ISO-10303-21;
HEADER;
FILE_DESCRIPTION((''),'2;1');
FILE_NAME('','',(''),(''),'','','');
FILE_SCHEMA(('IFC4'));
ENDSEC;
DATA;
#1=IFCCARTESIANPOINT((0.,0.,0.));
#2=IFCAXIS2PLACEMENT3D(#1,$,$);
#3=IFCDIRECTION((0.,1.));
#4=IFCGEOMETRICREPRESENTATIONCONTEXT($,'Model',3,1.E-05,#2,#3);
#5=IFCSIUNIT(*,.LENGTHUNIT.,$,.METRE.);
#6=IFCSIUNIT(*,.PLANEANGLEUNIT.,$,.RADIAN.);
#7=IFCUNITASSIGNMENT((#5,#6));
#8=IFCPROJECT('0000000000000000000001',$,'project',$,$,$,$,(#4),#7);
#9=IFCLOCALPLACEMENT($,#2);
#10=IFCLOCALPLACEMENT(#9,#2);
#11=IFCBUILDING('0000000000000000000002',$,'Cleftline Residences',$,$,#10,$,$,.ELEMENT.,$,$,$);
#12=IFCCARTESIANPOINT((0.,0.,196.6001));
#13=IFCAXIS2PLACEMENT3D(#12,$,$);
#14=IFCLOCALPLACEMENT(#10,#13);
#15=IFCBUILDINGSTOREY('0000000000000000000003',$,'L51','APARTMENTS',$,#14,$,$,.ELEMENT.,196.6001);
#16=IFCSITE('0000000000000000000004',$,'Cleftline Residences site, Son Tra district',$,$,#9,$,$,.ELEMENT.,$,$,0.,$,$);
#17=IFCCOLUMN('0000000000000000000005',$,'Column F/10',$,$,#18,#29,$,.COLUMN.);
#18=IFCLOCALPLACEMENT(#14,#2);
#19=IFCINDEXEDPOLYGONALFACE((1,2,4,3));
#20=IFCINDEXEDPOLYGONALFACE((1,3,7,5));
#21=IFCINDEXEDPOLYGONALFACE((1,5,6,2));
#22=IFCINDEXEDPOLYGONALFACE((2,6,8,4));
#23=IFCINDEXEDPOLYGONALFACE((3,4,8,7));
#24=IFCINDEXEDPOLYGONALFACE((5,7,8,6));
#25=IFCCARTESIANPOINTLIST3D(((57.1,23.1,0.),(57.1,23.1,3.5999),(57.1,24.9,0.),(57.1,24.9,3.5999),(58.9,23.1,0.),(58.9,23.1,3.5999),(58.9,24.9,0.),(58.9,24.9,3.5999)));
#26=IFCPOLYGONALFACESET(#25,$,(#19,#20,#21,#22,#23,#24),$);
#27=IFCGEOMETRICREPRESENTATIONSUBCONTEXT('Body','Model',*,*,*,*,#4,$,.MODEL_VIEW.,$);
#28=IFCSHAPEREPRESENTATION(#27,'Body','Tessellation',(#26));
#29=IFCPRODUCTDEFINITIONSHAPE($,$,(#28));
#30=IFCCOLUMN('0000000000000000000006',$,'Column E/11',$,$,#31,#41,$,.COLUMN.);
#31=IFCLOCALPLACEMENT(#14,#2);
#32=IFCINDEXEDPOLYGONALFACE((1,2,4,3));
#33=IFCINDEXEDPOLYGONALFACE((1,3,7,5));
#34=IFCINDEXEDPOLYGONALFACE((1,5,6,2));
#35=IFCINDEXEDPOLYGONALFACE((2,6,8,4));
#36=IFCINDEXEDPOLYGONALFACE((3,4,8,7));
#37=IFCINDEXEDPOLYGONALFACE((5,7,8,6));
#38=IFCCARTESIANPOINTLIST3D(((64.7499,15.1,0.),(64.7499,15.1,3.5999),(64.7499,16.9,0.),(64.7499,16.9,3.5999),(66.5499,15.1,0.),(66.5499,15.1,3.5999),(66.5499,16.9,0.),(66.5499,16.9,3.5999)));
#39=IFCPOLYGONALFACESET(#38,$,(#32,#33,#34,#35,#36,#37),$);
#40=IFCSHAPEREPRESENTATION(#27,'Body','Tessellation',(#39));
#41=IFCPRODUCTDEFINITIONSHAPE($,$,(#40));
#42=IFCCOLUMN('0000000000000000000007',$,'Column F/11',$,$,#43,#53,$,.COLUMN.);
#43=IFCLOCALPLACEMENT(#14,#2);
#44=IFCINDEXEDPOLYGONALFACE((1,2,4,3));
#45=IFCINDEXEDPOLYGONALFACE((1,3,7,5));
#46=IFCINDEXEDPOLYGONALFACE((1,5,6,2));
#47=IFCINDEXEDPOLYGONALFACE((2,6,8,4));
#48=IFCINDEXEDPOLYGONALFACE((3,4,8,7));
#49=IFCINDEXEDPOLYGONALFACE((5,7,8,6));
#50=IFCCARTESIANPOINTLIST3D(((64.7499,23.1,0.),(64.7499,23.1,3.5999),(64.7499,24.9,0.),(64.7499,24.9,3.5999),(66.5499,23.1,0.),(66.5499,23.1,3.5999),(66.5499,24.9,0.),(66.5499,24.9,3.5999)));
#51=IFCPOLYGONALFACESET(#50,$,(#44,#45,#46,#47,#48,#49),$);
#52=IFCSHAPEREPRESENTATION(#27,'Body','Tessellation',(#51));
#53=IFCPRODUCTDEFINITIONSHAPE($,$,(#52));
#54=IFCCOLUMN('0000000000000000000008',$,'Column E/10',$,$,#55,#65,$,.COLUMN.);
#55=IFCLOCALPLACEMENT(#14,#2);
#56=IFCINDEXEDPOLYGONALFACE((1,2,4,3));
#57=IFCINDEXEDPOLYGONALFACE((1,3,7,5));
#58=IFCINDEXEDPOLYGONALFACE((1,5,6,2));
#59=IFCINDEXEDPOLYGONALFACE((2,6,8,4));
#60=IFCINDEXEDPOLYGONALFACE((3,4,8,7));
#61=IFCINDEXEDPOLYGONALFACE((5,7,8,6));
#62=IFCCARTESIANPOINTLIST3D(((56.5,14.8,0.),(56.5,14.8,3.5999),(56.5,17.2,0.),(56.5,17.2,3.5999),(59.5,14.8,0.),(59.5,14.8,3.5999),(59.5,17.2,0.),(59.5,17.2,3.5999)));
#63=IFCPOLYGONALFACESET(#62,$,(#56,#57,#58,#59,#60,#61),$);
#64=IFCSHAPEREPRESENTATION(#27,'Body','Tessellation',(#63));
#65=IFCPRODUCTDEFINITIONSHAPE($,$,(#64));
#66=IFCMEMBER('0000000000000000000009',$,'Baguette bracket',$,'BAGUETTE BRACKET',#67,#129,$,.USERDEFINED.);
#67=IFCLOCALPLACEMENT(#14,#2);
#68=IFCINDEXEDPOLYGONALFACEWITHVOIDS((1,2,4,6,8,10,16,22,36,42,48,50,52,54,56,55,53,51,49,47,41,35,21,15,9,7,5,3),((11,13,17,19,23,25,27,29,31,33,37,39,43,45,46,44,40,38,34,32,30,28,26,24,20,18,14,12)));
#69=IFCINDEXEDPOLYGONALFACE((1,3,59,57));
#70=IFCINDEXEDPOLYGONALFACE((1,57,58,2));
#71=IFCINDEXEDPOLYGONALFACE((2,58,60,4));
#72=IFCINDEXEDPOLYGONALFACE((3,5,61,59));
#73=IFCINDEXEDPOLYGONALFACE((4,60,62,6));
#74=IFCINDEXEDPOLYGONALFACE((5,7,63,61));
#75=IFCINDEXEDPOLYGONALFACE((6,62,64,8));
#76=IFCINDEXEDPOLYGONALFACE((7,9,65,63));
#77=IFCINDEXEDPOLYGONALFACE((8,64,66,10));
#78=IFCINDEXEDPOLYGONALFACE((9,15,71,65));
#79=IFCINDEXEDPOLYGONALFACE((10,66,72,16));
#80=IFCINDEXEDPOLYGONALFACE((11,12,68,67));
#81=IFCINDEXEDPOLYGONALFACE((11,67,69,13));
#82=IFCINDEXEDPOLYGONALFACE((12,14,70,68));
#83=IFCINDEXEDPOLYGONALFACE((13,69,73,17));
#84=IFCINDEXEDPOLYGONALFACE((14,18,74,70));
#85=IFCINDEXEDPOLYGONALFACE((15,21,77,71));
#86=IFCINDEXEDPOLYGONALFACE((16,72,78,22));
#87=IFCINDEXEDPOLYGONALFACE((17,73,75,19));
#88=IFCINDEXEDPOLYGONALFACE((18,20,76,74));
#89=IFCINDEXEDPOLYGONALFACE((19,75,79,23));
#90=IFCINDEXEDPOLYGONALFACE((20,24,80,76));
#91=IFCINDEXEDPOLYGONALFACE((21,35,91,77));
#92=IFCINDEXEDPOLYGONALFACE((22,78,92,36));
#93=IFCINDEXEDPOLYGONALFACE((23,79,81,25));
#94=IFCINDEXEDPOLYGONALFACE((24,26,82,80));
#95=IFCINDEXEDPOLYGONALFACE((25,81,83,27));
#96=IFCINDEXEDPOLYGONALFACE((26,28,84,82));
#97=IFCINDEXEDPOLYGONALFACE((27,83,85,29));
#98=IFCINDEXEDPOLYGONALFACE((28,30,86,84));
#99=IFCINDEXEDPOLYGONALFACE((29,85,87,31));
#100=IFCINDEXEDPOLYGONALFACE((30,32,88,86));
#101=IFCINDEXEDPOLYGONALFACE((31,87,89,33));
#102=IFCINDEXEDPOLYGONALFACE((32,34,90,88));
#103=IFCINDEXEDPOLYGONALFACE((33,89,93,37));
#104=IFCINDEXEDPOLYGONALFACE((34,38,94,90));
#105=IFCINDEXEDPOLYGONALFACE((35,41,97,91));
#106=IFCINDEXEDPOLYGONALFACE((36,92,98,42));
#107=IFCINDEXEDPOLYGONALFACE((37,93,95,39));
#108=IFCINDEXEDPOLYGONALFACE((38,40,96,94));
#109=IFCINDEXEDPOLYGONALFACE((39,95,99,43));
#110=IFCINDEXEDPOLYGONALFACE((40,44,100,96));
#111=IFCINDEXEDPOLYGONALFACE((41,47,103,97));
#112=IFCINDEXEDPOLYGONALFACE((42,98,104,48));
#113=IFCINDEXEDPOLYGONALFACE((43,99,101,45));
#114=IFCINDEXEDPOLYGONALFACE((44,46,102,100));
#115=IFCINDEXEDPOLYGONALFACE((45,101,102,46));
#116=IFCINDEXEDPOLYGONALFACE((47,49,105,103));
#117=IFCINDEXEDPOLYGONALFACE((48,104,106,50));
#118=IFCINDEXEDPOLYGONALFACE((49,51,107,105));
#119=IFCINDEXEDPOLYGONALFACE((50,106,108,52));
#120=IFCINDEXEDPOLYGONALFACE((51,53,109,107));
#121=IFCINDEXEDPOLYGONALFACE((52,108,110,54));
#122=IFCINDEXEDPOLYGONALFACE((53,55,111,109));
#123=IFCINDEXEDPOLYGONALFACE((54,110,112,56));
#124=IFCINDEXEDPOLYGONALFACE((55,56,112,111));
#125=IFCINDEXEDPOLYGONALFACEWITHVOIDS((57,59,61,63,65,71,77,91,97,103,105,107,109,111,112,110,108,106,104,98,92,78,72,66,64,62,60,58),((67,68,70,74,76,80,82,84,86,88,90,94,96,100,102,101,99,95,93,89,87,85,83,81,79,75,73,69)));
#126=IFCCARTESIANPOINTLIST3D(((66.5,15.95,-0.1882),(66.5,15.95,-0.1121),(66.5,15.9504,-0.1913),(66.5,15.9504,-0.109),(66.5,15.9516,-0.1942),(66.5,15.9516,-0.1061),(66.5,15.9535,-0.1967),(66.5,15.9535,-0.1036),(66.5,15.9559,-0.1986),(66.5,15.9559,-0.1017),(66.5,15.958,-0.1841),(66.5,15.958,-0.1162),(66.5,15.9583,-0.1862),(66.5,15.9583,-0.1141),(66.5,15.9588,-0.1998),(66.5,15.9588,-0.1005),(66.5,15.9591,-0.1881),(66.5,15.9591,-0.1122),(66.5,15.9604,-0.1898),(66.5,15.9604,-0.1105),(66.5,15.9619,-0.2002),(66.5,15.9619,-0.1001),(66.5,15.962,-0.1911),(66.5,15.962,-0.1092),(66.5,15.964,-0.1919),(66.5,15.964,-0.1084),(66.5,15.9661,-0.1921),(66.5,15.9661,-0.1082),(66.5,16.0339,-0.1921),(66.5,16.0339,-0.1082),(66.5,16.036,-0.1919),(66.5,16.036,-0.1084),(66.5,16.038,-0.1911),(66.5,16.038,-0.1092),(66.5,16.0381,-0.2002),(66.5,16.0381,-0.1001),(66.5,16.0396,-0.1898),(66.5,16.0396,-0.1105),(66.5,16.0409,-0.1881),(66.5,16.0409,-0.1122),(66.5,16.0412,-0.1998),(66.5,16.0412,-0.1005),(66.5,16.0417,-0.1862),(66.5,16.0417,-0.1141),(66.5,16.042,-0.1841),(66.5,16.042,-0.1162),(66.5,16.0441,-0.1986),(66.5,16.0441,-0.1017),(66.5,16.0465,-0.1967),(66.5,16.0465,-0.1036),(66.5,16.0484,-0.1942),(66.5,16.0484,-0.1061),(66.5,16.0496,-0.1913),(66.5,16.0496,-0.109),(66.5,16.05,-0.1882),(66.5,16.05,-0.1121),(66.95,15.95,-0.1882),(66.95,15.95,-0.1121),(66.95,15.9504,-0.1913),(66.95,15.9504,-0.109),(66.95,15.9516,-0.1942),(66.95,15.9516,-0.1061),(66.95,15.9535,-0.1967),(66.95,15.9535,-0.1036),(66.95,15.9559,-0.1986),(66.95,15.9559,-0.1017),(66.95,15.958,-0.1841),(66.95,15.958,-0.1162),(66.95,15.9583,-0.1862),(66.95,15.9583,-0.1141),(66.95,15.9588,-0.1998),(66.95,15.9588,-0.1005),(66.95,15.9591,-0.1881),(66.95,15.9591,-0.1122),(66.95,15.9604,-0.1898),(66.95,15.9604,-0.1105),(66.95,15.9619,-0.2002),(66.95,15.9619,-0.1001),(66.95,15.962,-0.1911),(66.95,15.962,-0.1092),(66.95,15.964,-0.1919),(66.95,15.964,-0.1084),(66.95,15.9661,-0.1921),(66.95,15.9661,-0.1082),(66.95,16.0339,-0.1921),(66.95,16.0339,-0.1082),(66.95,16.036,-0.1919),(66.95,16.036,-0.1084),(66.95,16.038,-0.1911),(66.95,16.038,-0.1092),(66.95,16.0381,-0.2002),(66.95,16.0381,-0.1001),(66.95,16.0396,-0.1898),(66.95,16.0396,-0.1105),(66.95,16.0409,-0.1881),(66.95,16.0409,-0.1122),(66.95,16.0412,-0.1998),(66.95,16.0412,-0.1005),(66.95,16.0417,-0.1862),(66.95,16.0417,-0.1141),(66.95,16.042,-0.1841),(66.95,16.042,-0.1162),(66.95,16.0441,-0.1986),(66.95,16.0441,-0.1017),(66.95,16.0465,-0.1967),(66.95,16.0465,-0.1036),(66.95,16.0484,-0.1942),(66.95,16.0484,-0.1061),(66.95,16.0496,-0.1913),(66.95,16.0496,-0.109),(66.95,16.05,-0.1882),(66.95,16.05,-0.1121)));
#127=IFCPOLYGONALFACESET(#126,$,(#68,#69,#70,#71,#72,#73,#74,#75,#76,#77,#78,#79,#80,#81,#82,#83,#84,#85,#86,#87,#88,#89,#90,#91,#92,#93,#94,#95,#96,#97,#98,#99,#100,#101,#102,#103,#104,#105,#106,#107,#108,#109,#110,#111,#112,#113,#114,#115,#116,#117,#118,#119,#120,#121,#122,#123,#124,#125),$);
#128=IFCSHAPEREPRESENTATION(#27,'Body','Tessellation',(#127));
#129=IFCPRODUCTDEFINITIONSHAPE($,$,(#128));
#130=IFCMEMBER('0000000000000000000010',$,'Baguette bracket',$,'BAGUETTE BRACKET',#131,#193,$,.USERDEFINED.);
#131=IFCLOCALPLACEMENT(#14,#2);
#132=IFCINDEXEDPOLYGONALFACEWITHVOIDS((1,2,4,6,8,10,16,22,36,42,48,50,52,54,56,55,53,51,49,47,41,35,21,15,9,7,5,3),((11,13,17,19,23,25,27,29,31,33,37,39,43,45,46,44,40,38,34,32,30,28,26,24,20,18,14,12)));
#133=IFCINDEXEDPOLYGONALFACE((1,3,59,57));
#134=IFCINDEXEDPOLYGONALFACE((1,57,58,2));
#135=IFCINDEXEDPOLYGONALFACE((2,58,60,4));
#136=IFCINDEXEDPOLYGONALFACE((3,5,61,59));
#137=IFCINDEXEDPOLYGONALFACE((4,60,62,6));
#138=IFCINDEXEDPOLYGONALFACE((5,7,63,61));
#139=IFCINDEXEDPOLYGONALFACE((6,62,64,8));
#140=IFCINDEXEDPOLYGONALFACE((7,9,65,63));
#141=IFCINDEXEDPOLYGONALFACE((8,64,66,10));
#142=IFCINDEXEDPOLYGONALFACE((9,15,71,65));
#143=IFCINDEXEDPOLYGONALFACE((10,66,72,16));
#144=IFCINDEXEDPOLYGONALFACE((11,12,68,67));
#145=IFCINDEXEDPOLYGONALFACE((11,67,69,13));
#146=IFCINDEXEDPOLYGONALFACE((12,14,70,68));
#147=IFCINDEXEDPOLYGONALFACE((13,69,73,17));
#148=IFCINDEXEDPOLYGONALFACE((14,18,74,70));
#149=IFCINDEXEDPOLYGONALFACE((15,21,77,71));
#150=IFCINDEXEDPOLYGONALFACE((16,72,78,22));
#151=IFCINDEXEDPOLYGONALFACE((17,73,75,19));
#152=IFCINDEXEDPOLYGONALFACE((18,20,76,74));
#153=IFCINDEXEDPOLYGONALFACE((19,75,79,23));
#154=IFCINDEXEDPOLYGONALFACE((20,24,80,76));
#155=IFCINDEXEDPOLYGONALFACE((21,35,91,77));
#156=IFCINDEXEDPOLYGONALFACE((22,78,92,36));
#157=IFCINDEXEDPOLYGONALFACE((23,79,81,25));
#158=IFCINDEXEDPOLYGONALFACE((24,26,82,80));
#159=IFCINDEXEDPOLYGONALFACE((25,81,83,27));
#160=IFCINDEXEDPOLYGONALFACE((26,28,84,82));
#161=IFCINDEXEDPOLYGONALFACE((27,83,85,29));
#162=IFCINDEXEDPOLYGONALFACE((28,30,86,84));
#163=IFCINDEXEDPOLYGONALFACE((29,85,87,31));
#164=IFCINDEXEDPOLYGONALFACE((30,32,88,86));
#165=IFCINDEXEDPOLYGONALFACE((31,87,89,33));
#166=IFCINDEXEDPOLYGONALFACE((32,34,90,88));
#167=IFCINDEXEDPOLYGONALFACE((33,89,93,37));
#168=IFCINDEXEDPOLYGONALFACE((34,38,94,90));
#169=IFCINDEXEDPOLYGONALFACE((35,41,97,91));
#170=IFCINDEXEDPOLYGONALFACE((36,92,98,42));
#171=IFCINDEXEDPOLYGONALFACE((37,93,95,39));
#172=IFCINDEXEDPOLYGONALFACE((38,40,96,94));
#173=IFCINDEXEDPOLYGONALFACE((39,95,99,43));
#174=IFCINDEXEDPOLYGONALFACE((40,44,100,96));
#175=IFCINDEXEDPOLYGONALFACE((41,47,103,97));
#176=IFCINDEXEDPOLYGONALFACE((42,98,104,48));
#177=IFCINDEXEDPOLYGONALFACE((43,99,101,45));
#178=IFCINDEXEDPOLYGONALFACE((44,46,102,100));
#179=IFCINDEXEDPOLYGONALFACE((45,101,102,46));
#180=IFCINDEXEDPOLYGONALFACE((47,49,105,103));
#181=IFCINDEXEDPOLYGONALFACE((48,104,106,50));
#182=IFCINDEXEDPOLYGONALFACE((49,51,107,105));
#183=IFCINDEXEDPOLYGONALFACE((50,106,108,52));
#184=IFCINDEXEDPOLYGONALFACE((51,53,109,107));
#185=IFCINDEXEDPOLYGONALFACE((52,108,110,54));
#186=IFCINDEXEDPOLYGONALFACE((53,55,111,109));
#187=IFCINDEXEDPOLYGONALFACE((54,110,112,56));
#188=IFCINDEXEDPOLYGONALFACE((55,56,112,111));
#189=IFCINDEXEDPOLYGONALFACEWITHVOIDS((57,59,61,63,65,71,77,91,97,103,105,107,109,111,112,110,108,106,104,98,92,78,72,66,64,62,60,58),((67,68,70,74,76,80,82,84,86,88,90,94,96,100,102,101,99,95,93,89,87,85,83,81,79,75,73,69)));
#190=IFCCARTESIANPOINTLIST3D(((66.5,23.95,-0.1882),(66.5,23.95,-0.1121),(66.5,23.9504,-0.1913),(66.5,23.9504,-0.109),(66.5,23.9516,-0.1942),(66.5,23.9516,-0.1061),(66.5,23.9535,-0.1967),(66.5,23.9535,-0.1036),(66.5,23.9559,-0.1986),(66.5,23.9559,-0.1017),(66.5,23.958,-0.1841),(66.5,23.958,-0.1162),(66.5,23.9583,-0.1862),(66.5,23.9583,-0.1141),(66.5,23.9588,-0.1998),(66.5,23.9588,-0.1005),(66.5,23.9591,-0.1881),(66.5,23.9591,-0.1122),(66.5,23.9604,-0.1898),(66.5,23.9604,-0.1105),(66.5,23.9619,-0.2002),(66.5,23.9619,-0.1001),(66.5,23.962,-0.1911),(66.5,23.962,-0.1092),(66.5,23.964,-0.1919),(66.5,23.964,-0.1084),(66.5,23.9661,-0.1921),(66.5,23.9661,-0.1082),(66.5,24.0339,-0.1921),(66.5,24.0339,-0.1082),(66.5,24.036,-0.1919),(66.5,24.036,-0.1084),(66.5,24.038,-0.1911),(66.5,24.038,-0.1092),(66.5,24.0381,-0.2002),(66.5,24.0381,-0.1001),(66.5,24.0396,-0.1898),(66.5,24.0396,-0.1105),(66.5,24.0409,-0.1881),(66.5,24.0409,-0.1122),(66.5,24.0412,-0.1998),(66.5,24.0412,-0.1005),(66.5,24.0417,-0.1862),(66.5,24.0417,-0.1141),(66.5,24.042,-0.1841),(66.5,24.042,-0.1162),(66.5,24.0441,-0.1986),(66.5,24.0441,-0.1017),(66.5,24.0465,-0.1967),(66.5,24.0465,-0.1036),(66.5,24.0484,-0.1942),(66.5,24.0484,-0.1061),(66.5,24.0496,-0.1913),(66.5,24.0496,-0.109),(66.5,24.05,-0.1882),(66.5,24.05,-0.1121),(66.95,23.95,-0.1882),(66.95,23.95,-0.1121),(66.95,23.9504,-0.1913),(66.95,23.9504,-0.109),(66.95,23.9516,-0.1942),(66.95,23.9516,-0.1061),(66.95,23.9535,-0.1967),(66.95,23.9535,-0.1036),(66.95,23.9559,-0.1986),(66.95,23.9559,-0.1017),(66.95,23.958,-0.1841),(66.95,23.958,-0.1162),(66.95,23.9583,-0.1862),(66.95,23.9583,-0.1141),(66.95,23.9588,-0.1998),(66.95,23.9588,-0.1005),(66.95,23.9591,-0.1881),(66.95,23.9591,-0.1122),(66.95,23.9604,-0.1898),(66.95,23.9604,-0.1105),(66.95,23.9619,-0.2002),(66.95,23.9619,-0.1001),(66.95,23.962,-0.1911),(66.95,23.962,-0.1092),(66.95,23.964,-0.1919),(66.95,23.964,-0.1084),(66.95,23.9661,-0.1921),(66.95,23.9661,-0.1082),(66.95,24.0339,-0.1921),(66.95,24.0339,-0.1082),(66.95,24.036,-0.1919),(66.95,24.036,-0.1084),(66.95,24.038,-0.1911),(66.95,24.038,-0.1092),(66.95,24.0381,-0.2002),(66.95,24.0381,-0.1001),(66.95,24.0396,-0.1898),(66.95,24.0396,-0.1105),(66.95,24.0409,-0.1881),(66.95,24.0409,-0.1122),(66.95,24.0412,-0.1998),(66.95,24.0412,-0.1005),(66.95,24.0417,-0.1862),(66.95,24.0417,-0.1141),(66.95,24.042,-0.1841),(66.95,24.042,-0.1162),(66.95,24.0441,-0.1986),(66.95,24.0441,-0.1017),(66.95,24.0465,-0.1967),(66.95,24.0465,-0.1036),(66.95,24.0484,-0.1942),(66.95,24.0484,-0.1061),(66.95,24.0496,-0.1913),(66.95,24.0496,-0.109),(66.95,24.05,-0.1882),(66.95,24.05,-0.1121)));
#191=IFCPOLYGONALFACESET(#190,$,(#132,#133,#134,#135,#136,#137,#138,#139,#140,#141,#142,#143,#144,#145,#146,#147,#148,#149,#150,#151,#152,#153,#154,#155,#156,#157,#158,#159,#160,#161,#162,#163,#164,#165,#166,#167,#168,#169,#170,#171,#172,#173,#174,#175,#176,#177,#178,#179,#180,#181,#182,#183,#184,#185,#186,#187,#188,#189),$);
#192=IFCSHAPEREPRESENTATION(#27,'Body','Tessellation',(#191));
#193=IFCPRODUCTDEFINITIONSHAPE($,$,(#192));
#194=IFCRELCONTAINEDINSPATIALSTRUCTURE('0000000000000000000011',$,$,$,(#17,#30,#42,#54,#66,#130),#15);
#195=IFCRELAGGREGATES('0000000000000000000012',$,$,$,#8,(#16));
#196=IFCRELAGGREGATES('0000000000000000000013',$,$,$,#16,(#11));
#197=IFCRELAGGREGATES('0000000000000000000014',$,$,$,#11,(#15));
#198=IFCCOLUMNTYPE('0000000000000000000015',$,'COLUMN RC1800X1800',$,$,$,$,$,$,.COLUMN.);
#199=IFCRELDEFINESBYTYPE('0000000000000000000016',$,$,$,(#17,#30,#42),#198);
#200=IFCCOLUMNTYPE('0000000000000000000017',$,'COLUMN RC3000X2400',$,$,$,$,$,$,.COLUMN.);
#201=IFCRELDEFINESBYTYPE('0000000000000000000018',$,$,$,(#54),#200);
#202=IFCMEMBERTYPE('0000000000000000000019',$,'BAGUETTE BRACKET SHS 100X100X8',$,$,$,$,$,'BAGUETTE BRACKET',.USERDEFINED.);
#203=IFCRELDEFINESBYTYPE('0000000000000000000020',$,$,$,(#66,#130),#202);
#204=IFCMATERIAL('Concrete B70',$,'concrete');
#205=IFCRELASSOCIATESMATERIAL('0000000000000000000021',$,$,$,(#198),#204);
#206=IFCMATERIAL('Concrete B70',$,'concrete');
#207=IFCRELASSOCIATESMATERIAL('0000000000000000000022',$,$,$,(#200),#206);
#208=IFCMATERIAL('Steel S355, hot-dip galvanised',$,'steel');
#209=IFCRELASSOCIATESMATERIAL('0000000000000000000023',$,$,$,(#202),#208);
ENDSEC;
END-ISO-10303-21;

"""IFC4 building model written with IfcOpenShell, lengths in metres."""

from ifc_helpers import new_model, si_unit, direction, frame, origin, origin_2d, place, context, subcontext, project, spatial, rectangle, hollow_rectangle, extrude, material, material_profile, profile_set, type_object, element, save


model = new_model("IFC4")

# Units and contexts
model_context = context("Model", 3, precision=1e-05, world=origin(), true_north=direction((0.0, 1.0)))
body_context = subcontext(model_context, "Body", "Model", "MODEL_VIEW")
ifc_project = project(units=[si_unit("LENGTHUNIT", "METRE"), si_unit("PLANEANGLEUNIT", "RADIAN")], contexts=[model_context])

# Site, building, storey
site_placement = place(None, origin())
site = spatial("IfcSite", under=ifc_project, at=site_placement, Name="Cleftline Residences site, Son Tra district", CompositionType="ELEMENT", RefElevation=0.0)
building_placement = place(site_placement, origin())
building = spatial("IfcBuilding", under=site, at=building_placement, Name="Cleftline Residences", CompositionType="ELEMENT")
storey_placement = place(building_placement, frame((0.0, 0.0, 196.6001)))
storey = spatial("IfcBuildingStorey", under=building, at=storey_placement, Name="L51", Description="APARTMENTS", CompositionType="ELEMENT", Elevation=196.6001)

# Columns
ifc_material_1 = material(Name="Concrete B70", Category="concrete")
ifc_material_profile_1 = material_profile(ifc_material_1, rectangle(XDim=1.8, YDim=1.8, at=origin_2d()))
ifc_profile_set_1 = profile_set([ifc_material_profile_1], Name="Concrete B70")
column_type_1 = type_object("IfcColumnType", Name="COLUMN RC1800X1800", PredefinedType="COLUMN", material=ifc_profile_set_1)
for number, where, z_axis, x_axis, name in (
    (1, (58.0, 24.0, 0.0), (0.0, 0.0, 1.0), (1.0, 0.0, 0.0), "Column F/10"),
    (2, (65.6499, 16.0, 0.0), (0.0, 0.0, 1.0), (1.0, 0.0, 0.0), "Column E/11"),
    (3, (65.6499, 24.0, 0.0), (0.0, 0.0, 1.0), (1.0, 0.0, 0.0), "Column F/11"),
):
    element("IfcColumn", number, at=place(storey_placement, frame(where, z_axis=z_axis, x_axis=x_axis)), inside=storey, type_object=column_type_1, Name=name, PredefinedType="COLUMN", context=body_context, shape_type="SweptSolid", body=[
        extrude(rectangle(XDim=1.8, YDim=1.8, at=origin_2d()), origin(), (0.0, 0.0, 1.0), 3.5999),
    ])
ifc_material_2 = material(Name="Concrete B70", Category="concrete")
ifc_material_profile_2 = material_profile(ifc_material_2, rectangle(XDim=3.0, YDim=2.3999, at=origin_2d()))
ifc_profile_set_2 = profile_set([ifc_material_profile_2], Name="Concrete B70")
column_type_2 = type_object("IfcColumnType", Name="COLUMN RC3000X2400", PredefinedType="COLUMN", material=ifc_profile_set_2)
column_placement = place(storey_placement, frame((58.0, 16.0, 0.0), z_axis=(0.0, 0.0, 1.0), x_axis=(1.0, 0.0, 0.0)))
element("IfcColumn", 4, at=column_placement, inside=storey, type_object=column_type_2, Name="Column E/10", PredefinedType="COLUMN", context=body_context, shape_type="SweptSolid", body=[
    extrude(rectangle(XDim=3.0, YDim=2.3999, at=origin_2d()), origin(), (0.0, 0.0, 1.0), 3.5999),
])

# Members
ifc_material_3 = material(Name="Steel S355, hot-dip galvanised", Category="steel")
ifc_material_profile_3 = material_profile(ifc_material_3, hollow_rectangle(XDim=0.1001, YDim=0.1001, WallThickness=0.0081, InnerFilletRadius=0.0081, OuterFilletRadius=0.012, at=origin_2d()))
ifc_profile_set_3 = profile_set([ifc_material_profile_3], Name="Steel S355, hot-dip galvanised")
member_type_1 = type_object("IfcMemberType", Name="BAGUETTE BRACKET SHS 100X100X8", ElementType="BAGUETTE BRACKET", PredefinedType="USERDEFINED", material=ifc_profile_set_3)
for number, where, z_axis, x_axis, name in (
    (5, (66.5, 16.0, -0.1501), (1.0, 0.0, 0.0), (0.0, 1.0, 0.0), "Baguette bracket"),
    (6, (66.5, 24.0, -0.1501), (1.0, 0.0, 0.0), (0.0, 1.0, 0.0), "Baguette bracket"),
):
    element("IfcMember", number, at=place(storey_placement, frame(where, z_axis=z_axis, x_axis=x_axis)), inside=storey, type_object=member_type_1, Name=name, ObjectType="BAGUETTE BRACKET", PredefinedType="USERDEFINED", context=body_context, shape_type="SweptSolid", body=[
        extrude(hollow_rectangle(XDim=0.1001, YDim=0.1001, WallThickness=0.0081, InnerFilletRadius=0.0081, OuterFilletRadius=0.012, at=origin_2d()), origin(), (0.0, 0.0, 1.0), 0.45),
    ])

save(model, "model.ifc")
